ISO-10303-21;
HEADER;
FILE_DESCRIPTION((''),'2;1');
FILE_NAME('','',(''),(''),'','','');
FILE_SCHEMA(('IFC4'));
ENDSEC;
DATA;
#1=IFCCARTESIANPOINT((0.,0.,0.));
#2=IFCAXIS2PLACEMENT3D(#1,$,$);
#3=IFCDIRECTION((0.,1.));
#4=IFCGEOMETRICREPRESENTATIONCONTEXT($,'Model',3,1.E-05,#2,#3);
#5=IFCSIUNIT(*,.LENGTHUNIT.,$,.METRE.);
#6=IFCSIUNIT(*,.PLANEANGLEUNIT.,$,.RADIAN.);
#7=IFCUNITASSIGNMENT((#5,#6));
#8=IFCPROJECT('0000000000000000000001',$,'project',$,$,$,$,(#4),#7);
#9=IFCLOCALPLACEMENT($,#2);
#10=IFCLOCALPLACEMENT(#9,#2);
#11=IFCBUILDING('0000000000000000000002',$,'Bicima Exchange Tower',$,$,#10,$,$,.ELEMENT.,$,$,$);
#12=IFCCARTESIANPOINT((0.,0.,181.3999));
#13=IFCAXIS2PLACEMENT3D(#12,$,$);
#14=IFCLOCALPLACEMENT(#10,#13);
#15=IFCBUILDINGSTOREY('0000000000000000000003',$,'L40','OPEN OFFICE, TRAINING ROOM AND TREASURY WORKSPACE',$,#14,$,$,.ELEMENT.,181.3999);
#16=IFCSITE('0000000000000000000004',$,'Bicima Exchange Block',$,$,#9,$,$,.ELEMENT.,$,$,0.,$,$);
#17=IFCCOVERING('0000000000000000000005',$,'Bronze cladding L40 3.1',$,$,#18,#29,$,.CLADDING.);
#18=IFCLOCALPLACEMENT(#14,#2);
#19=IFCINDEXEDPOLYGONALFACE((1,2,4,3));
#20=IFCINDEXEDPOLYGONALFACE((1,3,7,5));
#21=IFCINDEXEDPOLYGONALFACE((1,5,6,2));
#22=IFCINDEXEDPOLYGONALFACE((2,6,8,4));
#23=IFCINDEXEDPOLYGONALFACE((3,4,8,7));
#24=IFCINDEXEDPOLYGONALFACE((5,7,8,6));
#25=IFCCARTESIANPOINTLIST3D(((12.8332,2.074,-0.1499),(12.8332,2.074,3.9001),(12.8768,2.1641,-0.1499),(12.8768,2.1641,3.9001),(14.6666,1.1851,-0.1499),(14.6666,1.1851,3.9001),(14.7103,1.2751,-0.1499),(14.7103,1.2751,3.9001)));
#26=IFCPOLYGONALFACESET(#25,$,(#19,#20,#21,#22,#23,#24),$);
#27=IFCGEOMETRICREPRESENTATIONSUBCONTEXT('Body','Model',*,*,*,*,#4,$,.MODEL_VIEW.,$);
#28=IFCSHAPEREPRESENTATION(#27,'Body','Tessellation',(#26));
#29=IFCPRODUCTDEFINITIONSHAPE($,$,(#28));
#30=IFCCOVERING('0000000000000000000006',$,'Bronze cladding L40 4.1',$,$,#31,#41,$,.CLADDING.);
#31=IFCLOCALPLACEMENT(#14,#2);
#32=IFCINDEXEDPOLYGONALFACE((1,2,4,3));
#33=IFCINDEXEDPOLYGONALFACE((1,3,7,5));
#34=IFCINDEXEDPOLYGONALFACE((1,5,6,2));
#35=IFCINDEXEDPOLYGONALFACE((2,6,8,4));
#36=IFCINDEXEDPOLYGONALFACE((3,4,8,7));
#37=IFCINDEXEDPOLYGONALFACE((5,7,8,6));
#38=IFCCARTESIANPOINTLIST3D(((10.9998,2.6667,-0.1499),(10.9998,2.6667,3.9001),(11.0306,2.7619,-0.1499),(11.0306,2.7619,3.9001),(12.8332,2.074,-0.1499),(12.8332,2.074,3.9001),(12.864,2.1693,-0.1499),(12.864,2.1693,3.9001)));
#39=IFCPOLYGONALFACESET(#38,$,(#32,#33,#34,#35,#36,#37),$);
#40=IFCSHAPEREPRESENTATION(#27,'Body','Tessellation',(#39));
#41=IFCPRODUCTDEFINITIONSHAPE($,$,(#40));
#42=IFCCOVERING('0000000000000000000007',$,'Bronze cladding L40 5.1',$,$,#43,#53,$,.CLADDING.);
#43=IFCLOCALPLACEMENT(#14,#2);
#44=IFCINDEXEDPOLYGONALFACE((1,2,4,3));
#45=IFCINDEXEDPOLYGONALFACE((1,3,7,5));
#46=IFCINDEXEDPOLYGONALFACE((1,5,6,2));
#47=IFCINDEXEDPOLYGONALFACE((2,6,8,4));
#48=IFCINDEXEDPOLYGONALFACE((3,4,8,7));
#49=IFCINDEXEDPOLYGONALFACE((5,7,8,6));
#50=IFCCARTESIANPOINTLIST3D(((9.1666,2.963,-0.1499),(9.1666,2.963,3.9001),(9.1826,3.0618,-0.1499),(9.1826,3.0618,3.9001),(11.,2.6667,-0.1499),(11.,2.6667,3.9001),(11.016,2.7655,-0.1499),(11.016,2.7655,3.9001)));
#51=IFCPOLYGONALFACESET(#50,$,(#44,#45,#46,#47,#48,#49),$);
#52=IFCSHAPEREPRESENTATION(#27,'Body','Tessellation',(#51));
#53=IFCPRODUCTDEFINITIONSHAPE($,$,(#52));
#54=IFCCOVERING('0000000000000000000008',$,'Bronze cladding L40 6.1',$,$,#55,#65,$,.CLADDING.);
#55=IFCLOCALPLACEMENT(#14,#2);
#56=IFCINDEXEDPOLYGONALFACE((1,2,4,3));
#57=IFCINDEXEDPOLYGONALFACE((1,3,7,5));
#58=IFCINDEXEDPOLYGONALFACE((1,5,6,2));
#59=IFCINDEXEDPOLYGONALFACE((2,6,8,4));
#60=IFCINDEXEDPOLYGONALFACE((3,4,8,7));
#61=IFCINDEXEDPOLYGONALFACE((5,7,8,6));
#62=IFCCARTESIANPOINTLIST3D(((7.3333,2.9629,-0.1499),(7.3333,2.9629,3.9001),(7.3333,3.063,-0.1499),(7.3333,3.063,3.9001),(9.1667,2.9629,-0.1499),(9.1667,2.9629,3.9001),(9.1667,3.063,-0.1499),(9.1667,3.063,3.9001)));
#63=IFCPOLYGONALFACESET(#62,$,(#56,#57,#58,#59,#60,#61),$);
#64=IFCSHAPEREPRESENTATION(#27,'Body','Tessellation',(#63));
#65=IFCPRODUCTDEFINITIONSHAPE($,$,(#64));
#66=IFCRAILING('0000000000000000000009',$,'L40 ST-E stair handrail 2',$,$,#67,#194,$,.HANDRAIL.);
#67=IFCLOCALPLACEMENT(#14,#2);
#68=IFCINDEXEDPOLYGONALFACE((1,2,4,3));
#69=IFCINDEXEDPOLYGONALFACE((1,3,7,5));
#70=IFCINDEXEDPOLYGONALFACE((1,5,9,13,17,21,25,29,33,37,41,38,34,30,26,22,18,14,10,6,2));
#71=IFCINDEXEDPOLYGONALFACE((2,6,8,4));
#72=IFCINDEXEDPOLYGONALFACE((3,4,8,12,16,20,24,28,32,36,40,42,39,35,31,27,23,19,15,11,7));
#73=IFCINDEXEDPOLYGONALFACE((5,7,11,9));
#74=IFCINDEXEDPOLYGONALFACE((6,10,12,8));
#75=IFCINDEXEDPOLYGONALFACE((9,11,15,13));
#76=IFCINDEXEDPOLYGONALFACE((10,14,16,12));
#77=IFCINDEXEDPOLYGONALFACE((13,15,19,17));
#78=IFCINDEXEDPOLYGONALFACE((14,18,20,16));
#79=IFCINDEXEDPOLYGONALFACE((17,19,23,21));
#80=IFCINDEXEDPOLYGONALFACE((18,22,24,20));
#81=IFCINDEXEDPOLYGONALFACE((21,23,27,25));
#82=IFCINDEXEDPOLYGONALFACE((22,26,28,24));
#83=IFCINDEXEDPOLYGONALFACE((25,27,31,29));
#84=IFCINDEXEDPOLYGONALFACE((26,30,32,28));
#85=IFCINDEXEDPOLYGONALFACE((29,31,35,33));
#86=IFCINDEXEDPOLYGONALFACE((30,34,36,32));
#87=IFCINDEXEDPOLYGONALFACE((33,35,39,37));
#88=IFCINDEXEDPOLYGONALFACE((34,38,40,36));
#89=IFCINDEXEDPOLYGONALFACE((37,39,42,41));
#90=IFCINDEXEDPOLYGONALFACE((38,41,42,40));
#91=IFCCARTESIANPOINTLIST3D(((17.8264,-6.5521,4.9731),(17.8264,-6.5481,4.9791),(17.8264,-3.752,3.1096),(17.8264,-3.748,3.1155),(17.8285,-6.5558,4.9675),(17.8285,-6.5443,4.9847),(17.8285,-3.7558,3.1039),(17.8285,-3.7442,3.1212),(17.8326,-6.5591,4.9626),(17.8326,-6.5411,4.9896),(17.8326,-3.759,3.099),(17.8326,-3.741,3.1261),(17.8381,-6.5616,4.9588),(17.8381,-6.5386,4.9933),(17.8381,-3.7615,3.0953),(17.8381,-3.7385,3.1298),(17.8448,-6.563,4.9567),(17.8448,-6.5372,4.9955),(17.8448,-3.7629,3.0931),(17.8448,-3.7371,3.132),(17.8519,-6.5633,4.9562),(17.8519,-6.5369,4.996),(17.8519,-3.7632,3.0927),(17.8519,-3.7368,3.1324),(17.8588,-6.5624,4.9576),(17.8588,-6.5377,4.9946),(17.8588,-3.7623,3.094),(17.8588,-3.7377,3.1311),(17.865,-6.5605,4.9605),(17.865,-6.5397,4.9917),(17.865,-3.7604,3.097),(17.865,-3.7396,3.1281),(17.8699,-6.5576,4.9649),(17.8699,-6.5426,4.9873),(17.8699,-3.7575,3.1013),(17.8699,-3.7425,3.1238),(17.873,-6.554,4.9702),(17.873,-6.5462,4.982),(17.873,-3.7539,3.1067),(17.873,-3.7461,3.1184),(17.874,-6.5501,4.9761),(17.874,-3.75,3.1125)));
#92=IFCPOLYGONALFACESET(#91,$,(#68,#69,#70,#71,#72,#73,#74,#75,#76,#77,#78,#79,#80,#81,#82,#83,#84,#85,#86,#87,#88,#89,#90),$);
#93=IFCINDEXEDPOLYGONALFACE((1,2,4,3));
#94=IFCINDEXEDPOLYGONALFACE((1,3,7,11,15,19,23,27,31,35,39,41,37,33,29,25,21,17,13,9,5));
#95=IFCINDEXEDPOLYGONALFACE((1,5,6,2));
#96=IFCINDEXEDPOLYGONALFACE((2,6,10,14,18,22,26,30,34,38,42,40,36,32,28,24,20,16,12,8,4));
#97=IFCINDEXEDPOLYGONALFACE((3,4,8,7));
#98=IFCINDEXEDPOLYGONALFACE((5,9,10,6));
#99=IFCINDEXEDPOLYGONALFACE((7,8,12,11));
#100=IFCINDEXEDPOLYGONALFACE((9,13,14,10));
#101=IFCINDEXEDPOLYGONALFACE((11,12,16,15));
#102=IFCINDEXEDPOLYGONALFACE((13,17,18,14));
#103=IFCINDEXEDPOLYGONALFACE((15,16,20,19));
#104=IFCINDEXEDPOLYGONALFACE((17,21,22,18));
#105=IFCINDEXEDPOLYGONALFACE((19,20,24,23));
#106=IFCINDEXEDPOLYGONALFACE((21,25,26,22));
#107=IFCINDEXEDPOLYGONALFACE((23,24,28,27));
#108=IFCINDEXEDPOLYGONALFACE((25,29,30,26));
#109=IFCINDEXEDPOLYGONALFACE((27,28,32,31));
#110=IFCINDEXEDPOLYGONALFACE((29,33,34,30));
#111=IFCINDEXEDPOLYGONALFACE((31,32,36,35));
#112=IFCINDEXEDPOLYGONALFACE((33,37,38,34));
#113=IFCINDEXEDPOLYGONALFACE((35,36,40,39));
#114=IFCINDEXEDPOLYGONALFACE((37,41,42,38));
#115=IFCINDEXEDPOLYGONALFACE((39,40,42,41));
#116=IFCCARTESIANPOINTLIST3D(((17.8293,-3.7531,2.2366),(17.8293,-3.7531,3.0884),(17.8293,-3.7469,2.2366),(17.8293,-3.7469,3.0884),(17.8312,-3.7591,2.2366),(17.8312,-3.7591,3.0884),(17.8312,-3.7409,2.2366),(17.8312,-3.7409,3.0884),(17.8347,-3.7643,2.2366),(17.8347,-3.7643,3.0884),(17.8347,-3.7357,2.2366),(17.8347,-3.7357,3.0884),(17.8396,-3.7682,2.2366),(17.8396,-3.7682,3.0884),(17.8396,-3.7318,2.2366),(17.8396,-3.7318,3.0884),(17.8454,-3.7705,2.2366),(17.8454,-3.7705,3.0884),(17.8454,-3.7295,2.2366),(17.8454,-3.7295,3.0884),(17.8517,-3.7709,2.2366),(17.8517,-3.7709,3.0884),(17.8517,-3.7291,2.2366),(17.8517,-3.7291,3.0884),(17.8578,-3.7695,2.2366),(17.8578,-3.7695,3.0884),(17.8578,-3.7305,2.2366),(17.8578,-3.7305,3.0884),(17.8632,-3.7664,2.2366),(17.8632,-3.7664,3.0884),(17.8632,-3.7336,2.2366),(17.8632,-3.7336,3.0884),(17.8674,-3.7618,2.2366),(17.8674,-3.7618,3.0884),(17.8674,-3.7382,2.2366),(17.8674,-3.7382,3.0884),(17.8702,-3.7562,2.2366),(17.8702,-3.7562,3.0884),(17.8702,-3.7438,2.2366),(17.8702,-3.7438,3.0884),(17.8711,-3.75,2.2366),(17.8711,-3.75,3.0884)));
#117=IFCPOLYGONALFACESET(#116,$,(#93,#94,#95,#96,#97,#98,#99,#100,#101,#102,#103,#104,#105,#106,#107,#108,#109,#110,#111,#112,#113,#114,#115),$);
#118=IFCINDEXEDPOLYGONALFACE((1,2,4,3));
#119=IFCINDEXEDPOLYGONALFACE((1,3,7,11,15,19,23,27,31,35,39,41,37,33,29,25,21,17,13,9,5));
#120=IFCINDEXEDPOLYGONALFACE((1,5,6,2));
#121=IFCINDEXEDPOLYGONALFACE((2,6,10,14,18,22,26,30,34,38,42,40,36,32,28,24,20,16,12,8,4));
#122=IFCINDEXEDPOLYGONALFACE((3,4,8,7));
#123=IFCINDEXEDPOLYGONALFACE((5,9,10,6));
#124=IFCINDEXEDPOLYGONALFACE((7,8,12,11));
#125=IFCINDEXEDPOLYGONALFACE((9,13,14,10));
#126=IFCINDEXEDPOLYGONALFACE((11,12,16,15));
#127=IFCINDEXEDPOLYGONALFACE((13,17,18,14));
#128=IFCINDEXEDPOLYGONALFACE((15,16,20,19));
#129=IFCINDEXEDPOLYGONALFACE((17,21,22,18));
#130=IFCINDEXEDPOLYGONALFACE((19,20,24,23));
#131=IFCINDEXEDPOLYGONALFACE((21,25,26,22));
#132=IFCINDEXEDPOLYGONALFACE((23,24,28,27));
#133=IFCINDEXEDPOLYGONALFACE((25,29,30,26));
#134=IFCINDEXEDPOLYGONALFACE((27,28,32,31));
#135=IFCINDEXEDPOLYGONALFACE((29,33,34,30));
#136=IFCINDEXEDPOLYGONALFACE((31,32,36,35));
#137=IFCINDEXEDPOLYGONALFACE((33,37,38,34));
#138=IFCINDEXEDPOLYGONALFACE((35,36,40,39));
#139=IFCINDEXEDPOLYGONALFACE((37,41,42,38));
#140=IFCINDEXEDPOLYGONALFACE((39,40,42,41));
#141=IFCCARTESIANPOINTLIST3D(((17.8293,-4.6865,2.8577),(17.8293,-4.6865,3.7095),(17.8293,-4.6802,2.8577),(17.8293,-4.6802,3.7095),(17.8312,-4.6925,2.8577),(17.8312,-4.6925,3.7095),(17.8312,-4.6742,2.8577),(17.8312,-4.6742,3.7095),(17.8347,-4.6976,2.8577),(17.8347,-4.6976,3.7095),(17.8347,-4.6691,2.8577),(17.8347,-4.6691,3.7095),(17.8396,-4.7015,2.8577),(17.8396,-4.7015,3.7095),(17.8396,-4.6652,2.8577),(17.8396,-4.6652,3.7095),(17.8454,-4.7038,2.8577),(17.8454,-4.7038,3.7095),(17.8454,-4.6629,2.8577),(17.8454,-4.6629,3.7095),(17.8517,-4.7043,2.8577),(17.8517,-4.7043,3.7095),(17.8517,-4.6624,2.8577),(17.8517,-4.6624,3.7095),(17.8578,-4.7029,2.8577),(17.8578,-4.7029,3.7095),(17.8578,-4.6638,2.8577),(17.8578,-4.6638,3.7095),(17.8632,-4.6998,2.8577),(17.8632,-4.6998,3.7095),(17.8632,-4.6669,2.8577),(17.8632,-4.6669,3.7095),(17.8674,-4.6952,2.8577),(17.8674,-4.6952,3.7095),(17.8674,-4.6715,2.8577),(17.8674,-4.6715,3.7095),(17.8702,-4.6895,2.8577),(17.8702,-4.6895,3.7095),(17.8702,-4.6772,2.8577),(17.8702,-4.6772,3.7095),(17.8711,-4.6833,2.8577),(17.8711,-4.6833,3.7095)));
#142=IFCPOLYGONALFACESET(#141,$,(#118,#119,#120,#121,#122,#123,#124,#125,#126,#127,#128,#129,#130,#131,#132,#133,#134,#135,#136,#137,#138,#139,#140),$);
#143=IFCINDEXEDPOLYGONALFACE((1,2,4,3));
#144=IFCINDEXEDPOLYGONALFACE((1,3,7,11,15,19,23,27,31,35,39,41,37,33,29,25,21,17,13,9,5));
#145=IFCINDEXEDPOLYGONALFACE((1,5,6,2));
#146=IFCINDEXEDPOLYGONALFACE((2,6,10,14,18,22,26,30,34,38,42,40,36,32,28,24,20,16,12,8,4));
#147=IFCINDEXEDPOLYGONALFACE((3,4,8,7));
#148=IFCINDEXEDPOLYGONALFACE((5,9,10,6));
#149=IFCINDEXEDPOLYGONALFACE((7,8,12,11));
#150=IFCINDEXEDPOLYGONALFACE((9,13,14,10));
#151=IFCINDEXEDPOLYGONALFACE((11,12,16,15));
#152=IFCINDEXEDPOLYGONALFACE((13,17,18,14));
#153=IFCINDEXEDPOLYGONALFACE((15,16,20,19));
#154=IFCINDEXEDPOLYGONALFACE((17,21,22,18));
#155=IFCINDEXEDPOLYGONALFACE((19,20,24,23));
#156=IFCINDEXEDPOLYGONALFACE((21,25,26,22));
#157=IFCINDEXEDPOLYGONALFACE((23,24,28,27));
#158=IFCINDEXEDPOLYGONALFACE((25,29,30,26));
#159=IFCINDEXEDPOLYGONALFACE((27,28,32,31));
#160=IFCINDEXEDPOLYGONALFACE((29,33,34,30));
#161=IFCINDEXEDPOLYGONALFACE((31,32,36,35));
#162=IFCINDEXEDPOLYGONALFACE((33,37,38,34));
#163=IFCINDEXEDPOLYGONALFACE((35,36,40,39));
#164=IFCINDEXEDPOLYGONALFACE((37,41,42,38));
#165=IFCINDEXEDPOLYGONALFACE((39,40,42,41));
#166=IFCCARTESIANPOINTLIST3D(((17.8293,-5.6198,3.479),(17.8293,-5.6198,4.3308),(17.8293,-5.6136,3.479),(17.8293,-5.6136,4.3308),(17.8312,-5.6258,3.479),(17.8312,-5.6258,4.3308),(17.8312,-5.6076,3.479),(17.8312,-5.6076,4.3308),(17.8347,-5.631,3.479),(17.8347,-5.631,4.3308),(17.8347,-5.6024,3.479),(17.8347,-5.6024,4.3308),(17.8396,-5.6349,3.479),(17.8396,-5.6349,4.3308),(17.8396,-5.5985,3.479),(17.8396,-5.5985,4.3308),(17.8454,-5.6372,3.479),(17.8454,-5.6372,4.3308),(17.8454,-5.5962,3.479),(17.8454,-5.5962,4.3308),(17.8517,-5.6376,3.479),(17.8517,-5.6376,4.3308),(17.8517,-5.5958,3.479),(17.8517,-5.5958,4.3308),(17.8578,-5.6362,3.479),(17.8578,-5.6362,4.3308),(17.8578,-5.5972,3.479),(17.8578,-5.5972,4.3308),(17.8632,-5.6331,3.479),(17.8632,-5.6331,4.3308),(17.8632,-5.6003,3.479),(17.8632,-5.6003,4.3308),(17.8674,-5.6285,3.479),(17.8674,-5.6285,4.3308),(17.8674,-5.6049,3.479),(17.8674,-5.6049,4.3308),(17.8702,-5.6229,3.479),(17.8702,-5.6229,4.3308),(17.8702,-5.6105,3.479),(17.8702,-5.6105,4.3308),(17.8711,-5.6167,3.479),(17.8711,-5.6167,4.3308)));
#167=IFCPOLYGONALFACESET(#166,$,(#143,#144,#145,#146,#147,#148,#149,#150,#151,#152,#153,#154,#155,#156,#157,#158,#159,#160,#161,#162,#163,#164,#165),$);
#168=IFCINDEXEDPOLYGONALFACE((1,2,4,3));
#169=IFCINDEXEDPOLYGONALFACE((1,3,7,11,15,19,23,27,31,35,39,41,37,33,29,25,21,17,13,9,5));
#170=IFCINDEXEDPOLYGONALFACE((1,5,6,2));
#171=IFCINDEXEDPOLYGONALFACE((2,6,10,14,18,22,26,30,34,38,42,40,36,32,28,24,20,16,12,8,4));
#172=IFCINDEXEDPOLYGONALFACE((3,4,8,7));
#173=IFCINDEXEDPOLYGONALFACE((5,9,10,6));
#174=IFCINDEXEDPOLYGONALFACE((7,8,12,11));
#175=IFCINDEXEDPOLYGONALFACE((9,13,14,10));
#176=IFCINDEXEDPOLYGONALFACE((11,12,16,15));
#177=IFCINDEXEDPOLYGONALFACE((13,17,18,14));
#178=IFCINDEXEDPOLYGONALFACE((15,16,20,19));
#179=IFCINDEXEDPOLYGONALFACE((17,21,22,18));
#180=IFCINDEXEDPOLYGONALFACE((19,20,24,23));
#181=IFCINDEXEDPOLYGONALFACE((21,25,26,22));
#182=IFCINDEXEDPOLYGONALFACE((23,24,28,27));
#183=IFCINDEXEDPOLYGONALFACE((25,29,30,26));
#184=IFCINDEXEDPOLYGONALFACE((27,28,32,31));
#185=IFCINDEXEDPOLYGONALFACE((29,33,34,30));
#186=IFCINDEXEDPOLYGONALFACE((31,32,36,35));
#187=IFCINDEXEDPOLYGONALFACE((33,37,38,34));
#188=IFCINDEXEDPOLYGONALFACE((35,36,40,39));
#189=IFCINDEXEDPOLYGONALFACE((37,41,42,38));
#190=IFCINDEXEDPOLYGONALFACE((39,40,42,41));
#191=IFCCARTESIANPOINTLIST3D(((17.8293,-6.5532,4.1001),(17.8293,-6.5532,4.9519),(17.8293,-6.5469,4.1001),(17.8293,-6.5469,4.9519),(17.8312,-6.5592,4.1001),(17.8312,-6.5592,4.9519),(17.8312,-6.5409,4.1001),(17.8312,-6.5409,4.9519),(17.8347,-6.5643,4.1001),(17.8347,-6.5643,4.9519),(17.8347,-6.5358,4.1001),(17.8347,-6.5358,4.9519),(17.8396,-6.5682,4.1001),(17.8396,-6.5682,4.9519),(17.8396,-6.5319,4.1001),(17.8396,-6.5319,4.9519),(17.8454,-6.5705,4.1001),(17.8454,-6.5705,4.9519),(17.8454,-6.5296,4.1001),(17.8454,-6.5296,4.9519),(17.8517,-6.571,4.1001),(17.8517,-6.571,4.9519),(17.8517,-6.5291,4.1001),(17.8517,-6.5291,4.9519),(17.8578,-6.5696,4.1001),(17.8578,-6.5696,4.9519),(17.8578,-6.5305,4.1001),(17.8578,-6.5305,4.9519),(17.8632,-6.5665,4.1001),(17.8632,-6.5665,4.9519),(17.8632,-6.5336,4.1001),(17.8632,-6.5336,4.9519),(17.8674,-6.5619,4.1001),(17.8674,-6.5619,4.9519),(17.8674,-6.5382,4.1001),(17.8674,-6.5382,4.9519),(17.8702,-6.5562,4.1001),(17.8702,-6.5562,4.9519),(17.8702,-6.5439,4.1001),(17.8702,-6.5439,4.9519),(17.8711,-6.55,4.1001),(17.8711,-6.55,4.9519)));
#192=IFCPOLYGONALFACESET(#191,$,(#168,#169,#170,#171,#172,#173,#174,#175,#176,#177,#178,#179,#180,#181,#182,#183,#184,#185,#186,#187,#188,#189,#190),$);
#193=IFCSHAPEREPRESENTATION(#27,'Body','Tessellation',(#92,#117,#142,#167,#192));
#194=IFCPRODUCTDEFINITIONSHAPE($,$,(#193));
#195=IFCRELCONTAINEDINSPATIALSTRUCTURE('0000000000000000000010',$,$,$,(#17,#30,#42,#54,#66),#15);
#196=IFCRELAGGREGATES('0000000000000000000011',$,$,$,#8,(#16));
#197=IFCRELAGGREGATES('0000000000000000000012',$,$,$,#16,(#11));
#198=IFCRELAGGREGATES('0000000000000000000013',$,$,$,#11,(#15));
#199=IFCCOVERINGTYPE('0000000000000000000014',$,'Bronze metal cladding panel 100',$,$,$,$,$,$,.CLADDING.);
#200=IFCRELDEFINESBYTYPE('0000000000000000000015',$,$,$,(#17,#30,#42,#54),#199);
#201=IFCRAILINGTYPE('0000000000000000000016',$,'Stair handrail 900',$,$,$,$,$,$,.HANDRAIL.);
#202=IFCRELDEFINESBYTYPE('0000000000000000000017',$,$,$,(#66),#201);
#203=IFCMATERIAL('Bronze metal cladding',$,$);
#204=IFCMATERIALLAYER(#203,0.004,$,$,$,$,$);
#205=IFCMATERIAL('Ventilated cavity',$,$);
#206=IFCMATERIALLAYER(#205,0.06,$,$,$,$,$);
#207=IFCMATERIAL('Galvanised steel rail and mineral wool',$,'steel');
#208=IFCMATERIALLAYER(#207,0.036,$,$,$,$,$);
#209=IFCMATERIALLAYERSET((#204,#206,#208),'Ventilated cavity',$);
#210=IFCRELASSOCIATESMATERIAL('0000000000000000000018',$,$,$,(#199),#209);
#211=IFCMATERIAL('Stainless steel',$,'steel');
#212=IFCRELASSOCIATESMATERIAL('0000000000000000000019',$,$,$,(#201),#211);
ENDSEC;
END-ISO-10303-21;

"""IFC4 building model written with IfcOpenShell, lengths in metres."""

from ifc_helpers import new_model, si_unit, direction, frame, origin, origin_2d, place, context, subcontext, project, spatial, rectangle, circle, extrude, material, layer, layer_set, type_object, element, save


model = new_model("IFC4")

# Units and contexts
model_context = context("Model", 3, precision=1e-05, world=origin(), true_north=direction((0.0, 1.0)))
body_context = subcontext(model_context, "Body", "Model", "MODEL_VIEW")
ifc_project = project(units=[si_unit("LENGTHUNIT", "METRE"), si_unit("PLANEANGLEUNIT", "RADIAN")], contexts=[model_context])

# Site, building, storey
site_placement = place(None, origin())
site = spatial("IfcSite", under=ifc_project, at=site_placement, Name="Bicima Exchange Block", CompositionType="ELEMENT", RefElevation=0.0)
building_placement = place(site_placement, origin())
building = spatial("IfcBuilding", under=site, at=building_placement, Name="Bicima Exchange Tower", CompositionType="ELEMENT")
storey_placement = place(building_placement, frame((0.0, 0.0, 181.3999)))
storey = spatial("IfcBuildingStorey", under=building, at=storey_placement, Name="L40", Description="OPEN OFFICE, TRAINING ROOM AND TREASURY WORKSPACE", CompositionType="ELEMENT", Elevation=181.3999)

# Shared definitions
ifc_material_1 = material(Name="Stainless steel", Category="steel")

# Coverings
ifc_material_2 = material(Name="Bronze metal cladding")
ifc_layer_1 = layer(ifc_material_2, 0.004)
ifc_material_3 = material(Name="Ventilated cavity")
ifc_layer_2 = layer(ifc_material_3, 0.06)
ifc_material_4 = material(Name="Galvanised steel rail and mineral wool", Category="steel")
ifc_layer_3 = layer(ifc_material_4, 0.036)
ifc_layer_set_1 = layer_set([ifc_layer_1, ifc_layer_2, ifc_layer_3], Name="Ventilated cavity")
covering_type = type_object("IfcCoveringType", Name="Bronze metal cladding panel 100", PredefinedType="CLADDING", material=ifc_layer_set_1)
covering_1_placement = place(storey_placement, frame((13.7717, 1.6746, -0.1499), z_axis=(0.0, 0.0, 1.0), x_axis=(-0.899818, 0.436265, 0.0)))
element("IfcCovering", 1, at=covering_1_placement, inside=storey, type_object=covering_type, Name="Bronze cladding L40 3.1", PredefinedType="CLADDING", context=body_context, shape_type="SweptSolid", body=[
    extrude(rectangle(XDim=2.0376, YDim=0.1001, at=origin_2d()), origin(), (0.0, 0.0, 1.0), 4.05),
])
covering_2_placement = place(storey_placement, frame((11.9319, 2.418, -0.1499), z_axis=(0.0, 0.0, 1.0), x_axis=(-0.951525, 0.307573, 0.0)))
element("IfcCovering", 2, at=covering_2_placement, inside=storey, type_object=covering_type, Name="Bronze cladding L40 4.1", PredefinedType="CLADDING", context=body_context, shape_type="SweptSolid", body=[
    extrude(rectangle(XDim=1.9268, YDim=0.1001, at=origin_2d()), origin(), (0.0, 0.0, 1.0), 4.05),
])
covering_3_placement = place(storey_placement, frame((10.0913, 2.8643, -0.1499), z_axis=(0.0, 0.0, 1.0), x_axis=(-0.98719, 0.15955, 0.0)))
element("IfcCovering", 3, at=covering_3_placement, inside=storey, type_object=covering_type, Name="Bronze cladding L40 5.1", PredefinedType="CLADDING", context=body_context, shape_type="SweptSolid", body=[
    extrude(rectangle(XDim=1.8572, YDim=0.1001, at=origin_2d()), origin(), (0.0, 0.0, 1.0), 4.05),
])
covering_4_placement = place(storey_placement, frame((8.25, 3.0129, -0.1499), z_axis=(0.0, 0.0, 1.0), x_axis=(-1.0, 0.0, 0.0)))
element("IfcCovering", 4, at=covering_4_placement, inside=storey, type_object=covering_type, Name="Bronze cladding L40 6.1", PredefinedType="CLADDING", context=body_context, shape_type="SweptSolid", body=[
    extrude(rectangle(XDim=1.8335, YDim=0.1001, at=origin_2d()), origin(), (0.0, 0.0, 1.0), 4.05),
])

# Railing
railing_type = type_object("IfcRailingType", Name="Stair handrail 900", PredefinedType="HANDRAIL", material=ifc_material_1)
railing_placement = place(storey_placement, frame((17.8501, -3.75, 2.2366)))
element("IfcRailing", 5, at=railing_placement, inside=storey, type_object=railing_type, Name="L40 ST-E stair handrail 2", PredefinedType="HANDRAIL", context=body_context, shape_type="SweptSolid", body=[
    extrude(circle(Radius=0.0239, at=origin_2d()), frame((0.0, 0.0, 0.876), z_axis=(0.0, -0.832486, 0.554047), x_axis=(1.0, 0.0, 0.0)), (0.0, 0.0, 1.0), 3.3635),
    extrude(circle(Radius=0.021, at=origin_2d()), origin(), (0.0, 0.0, 1.0), 0.8518),
    extrude(circle(Radius=0.021, at=origin_2d()), frame((0.0, -0.9333, 0.6211)), (0.0, 0.0, 1.0), 0.8518),
    extrude(circle(Radius=0.021, at=origin_2d()), frame((0.0, -1.8667, 1.2424)), (0.0, 0.0, 1.0), 0.8518),
    extrude(circle(Radius=0.021, at=origin_2d()), frame((0.0, -2.8, 1.8635)), (0.0, 0.0, 1.0), 0.8518),
])

save(model, "model.ifc")
